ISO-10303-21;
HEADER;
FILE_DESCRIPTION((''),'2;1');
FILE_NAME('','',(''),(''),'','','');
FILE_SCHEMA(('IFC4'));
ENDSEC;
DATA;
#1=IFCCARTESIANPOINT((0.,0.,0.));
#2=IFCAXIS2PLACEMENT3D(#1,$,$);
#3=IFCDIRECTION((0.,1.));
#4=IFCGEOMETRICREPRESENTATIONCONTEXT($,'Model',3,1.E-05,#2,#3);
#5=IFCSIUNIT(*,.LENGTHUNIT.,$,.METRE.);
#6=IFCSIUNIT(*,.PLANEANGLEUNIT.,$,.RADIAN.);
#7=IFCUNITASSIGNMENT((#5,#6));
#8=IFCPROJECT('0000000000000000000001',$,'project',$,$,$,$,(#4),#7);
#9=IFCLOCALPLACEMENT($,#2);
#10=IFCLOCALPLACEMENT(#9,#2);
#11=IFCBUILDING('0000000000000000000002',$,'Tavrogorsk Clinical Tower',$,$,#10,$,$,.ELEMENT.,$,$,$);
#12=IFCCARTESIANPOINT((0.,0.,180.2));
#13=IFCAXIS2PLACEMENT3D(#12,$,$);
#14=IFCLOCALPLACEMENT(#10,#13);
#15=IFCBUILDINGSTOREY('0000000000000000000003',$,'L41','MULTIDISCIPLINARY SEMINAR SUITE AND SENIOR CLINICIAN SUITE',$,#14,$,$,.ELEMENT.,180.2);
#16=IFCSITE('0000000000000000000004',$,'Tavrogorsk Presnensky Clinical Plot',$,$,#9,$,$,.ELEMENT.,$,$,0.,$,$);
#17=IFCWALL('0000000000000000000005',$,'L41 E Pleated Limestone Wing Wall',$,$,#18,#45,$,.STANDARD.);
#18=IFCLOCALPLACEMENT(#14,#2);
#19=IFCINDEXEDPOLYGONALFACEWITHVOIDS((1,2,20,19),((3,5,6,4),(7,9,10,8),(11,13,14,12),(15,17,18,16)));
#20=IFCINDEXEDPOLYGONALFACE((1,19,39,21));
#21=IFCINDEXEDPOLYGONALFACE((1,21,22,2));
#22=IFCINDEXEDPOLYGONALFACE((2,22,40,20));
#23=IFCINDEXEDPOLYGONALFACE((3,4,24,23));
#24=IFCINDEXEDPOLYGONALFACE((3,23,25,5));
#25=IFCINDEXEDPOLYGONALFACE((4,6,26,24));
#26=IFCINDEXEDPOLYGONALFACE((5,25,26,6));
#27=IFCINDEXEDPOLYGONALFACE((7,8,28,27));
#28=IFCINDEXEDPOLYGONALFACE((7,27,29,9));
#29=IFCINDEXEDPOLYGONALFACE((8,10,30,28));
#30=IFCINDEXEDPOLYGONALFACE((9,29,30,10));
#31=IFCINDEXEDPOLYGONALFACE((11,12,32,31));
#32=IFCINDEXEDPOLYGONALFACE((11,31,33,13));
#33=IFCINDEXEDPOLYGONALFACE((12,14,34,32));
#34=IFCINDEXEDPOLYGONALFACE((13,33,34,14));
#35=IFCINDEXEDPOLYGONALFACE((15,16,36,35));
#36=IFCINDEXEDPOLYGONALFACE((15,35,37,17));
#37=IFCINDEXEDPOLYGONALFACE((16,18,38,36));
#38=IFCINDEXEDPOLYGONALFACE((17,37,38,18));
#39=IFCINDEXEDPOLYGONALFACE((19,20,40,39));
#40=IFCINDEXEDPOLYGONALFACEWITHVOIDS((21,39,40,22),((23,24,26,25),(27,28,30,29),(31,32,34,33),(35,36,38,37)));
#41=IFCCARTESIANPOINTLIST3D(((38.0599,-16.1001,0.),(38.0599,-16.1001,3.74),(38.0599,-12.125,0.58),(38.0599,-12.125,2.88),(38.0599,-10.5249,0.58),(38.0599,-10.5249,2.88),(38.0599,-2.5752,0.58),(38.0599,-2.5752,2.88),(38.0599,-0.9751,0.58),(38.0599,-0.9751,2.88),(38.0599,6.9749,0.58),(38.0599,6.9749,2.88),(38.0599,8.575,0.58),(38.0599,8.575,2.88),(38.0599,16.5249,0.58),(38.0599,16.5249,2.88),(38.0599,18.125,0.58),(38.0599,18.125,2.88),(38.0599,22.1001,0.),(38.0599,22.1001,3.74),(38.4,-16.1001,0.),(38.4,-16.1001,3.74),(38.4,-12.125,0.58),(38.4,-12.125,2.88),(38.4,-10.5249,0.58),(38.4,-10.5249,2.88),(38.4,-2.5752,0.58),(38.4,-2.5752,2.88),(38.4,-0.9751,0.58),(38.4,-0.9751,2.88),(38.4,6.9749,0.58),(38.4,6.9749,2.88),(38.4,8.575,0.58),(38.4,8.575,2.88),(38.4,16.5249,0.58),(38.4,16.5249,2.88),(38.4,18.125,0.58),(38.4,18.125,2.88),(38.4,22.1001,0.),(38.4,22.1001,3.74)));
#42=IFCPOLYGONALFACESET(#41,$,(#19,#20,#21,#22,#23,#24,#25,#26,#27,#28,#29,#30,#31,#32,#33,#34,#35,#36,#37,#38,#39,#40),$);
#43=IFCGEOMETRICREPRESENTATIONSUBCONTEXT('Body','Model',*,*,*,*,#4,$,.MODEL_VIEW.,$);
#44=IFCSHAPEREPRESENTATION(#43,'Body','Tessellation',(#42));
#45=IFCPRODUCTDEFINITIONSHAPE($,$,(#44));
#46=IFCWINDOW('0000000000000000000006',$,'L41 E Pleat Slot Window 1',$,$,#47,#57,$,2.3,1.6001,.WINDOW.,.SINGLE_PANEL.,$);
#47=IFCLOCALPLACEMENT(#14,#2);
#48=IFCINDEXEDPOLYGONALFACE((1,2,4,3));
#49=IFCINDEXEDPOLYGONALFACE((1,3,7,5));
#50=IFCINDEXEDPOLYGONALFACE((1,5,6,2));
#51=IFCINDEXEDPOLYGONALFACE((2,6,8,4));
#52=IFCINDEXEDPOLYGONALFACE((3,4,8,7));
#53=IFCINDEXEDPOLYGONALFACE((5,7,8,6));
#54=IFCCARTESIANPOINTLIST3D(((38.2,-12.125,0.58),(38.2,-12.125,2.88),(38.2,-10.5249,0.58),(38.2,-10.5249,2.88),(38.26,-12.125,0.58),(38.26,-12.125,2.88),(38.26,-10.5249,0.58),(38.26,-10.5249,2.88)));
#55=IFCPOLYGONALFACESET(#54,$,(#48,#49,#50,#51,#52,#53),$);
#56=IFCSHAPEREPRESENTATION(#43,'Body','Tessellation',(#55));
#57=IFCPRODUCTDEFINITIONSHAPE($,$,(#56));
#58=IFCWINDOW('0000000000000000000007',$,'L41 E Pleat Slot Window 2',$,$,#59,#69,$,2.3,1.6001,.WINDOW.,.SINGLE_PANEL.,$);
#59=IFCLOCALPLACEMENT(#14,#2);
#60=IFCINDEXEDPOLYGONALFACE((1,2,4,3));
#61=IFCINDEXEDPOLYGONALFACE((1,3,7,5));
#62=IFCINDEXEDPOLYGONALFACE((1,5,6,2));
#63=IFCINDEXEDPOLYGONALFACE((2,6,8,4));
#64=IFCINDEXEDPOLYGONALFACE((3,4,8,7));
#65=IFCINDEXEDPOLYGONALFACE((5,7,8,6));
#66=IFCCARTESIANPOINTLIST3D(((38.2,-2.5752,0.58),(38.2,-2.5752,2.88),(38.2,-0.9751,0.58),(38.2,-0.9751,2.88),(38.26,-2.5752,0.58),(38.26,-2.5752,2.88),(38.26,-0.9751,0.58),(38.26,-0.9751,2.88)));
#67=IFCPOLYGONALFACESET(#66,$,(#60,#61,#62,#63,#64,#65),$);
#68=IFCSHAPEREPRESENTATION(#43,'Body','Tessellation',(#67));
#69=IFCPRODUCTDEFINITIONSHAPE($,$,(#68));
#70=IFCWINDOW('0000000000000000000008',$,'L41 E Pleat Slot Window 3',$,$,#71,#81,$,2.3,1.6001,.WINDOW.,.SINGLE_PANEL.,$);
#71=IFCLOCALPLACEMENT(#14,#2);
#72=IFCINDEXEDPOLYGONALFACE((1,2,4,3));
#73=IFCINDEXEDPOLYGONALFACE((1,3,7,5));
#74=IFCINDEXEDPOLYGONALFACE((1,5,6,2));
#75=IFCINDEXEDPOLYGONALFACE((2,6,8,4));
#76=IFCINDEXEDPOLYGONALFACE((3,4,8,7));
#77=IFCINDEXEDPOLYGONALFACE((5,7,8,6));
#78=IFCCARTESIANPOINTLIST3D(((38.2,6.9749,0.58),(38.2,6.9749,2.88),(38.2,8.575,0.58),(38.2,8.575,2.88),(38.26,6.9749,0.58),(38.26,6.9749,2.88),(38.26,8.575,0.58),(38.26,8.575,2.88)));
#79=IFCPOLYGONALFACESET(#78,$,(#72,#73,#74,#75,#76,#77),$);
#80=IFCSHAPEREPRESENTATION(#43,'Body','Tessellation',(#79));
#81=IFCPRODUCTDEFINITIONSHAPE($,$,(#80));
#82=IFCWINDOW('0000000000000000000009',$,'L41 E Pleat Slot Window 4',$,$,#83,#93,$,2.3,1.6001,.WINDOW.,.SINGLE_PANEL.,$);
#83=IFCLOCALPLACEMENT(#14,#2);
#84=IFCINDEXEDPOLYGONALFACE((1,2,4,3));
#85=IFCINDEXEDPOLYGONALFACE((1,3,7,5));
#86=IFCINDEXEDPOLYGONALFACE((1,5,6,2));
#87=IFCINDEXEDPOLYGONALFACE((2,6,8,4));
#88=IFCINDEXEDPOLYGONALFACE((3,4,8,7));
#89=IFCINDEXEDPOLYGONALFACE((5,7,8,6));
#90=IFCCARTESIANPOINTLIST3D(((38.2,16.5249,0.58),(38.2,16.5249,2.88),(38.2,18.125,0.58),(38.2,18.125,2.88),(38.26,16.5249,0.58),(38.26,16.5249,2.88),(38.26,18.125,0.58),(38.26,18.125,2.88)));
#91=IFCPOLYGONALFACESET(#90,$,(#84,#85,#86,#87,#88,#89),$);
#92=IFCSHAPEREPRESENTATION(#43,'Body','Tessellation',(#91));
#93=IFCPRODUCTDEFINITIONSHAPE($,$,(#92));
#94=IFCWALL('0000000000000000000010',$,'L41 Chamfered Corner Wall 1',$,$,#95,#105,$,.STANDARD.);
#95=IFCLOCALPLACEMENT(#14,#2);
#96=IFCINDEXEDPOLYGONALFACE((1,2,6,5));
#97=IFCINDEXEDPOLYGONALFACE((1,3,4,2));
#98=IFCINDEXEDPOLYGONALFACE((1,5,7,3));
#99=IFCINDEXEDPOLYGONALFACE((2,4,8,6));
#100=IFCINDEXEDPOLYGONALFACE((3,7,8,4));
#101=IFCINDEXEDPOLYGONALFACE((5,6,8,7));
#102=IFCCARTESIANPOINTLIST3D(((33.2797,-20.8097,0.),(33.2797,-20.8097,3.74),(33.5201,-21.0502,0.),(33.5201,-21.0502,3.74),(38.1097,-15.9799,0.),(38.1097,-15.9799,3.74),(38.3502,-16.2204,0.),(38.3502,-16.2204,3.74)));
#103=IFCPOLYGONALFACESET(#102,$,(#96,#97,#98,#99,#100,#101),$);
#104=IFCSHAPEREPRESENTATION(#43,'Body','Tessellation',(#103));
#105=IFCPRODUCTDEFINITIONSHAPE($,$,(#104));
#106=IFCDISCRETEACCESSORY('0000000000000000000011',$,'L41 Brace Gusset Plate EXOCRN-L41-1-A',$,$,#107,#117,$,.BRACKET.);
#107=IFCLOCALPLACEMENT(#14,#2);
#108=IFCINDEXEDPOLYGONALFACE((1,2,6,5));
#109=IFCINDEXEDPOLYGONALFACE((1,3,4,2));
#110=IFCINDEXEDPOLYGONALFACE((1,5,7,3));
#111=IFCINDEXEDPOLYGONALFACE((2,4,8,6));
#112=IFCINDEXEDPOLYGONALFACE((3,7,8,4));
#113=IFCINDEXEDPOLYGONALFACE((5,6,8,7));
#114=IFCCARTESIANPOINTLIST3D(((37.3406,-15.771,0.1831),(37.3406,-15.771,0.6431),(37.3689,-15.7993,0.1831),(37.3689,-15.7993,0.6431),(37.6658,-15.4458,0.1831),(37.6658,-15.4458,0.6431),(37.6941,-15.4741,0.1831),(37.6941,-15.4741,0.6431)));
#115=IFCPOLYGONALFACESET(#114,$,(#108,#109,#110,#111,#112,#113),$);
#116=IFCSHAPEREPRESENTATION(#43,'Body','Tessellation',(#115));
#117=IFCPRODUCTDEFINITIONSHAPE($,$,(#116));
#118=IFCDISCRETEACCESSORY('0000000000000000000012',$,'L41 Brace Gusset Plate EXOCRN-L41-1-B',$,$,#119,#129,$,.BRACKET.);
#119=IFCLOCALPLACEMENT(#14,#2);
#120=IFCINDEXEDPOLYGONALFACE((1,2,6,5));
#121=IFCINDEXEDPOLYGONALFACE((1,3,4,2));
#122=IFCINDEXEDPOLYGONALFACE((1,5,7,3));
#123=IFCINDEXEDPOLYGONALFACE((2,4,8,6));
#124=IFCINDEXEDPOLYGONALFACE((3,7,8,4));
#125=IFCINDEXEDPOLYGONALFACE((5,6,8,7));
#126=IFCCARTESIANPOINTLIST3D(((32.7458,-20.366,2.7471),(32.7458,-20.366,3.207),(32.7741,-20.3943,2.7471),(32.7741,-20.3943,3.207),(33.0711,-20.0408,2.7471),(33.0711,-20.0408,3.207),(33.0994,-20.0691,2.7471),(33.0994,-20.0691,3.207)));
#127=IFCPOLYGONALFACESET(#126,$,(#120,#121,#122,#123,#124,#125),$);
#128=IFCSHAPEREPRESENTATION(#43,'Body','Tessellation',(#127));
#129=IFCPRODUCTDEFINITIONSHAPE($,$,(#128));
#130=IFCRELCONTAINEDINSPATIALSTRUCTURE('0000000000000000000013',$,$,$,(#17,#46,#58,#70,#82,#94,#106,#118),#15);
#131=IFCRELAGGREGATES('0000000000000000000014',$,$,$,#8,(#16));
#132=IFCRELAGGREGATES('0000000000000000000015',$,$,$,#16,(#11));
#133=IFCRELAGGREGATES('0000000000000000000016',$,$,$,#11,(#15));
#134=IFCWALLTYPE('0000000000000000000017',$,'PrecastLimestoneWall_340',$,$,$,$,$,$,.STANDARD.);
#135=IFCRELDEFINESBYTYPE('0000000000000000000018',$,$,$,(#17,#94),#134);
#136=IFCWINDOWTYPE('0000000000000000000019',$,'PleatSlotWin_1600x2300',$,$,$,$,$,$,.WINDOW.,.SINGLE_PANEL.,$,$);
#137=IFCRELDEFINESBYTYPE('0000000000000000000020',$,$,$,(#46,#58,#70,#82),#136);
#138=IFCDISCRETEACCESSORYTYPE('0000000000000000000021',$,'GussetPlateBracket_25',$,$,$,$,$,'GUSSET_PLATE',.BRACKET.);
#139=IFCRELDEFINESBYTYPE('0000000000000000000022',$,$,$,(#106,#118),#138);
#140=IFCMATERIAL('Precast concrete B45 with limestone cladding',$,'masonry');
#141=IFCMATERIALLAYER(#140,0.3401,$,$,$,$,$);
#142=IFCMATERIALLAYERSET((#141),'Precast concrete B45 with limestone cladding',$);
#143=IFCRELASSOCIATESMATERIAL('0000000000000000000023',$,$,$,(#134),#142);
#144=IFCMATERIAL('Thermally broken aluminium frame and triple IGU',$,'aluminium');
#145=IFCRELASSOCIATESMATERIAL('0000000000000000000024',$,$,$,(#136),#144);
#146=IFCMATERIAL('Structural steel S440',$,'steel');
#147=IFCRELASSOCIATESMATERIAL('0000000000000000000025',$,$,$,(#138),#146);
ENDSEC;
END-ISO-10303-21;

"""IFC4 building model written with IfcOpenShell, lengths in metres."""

from ifc_helpers import new_model, si_unit, direction, frame, frame_2d, origin, origin_2d, place, context, subcontext, project, spatial, rectangle, extrude, material, layer, layer_set, type_object, element, fill, save


model = new_model("IFC4")

# Units and contexts
model_context = context("Model", 3, precision=1e-05, world=origin(), true_north=direction((0.0, 1.0)))
body_context = subcontext(model_context, "Body", "Model", "MODEL_VIEW")
ifc_project = project(units=[si_unit("LENGTHUNIT", "METRE"), si_unit("PLANEANGLEUNIT", "RADIAN")], contexts=[model_context])

# Site, building, storey
site_placement = place(None, origin())
site = spatial("IfcSite", under=ifc_project, at=site_placement, Name="Tavrogorsk Presnensky Clinical Plot", CompositionType="ELEMENT", RefElevation=0.0)
building_placement = place(site_placement, origin())
building = spatial("IfcBuilding", under=site, at=building_placement, Name="Tavrogorsk Clinical Tower", CompositionType="ELEMENT")
storey_placement = place(building_placement, frame((0.0, 0.0, 180.2)))
storey = spatial("IfcBuildingStorey", under=building, at=storey_placement, Name="L41", Description="MULTIDISCIPLINARY SEMINAR SUITE AND SENIOR CLINICIAN SUITE", CompositionType="ELEMENT", Elevation=180.2)

# Wall, openings, windows
ifc_material_1 = material(Name="Precast concrete B45 with limestone cladding", Category="masonry")
ifc_layer_1 = layer(ifc_material_1, 0.3401)
ifc_layer_set_1 = layer_set([ifc_layer_1], Name="Precast concrete B45 with limestone cladding")
wall_type_1 = type_object("IfcWallType", Name="PrecastLimestoneWall_340", PredefinedType="STANDARD", material=ifc_layer_set_1)
wall_1_placement = place(storey_placement, frame((38.23, -16.1001, 0.0), z_axis=(0.0, 0.0, 1.0), x_axis=(0.0, 1.0, 0.0)))
wall_1 = element("IfcWall", 1, at=wall_1_placement, inside=storey, type_object=wall_type_1, Name="L41 E Pleated Limestone Wing Wall", PredefinedType="STANDARD", context=body_context, shape_type="SweptSolid", body=[
    extrude(rectangle(XDim=38.2002, YDim=0.3401, at=frame_2d((19.1001, 0.0))), origin(), (0.0, 0.0, 1.0), 3.74),
])
opening_1_placement = place(wall_1_placement, frame((3.9751, 0.0, 0.5801)))
opening_1 = element("IfcOpeningElement", 2, at=opening_1_placement, cuts=wall_1, PredefinedType="OPENING", context=body_context, shape_type="SweptSolid", body=[
    extrude(rectangle(XDim=1.6001, YDim=2.3, at=frame_2d((0.8, 1.1499))), frame((0.0, 0.1799, 0.0), z_axis=(0.0, -1.0, 0.0), x_axis=(1.0, 0.0, 0.0)), (0.0, 0.0, 1.0), 0.3601),
])
opening_2_placement = place(wall_1_placement, frame((13.5249, 0.0, 0.5801)))
opening_2 = element("IfcOpeningElement", 3, at=opening_2_placement, cuts=wall_1, PredefinedType="OPENING", context=body_context, shape_type="SweptSolid", body=[
    extrude(rectangle(XDim=1.6001, YDim=2.3, at=frame_2d((0.8, 1.1499))), frame((0.0, 0.1799, 0.0), z_axis=(0.0, -1.0, 0.0), x_axis=(1.0, 0.0, 0.0)), (0.0, 0.0, 1.0), 0.3601),
])
opening_3_placement = place(wall_1_placement, frame((23.075, 0.0, 0.5801)))
opening_3 = element("IfcOpeningElement", 4, at=opening_3_placement, cuts=wall_1, PredefinedType="OPENING", context=body_context, shape_type="SweptSolid", body=[
    extrude(rectangle(XDim=1.6001, YDim=2.3, at=frame_2d((0.8, 1.1499))), frame((0.0, 0.1799, 0.0), z_axis=(0.0, -1.0, 0.0), x_axis=(1.0, 0.0, 0.0)), (0.0, 0.0, 1.0), 0.3601),
])
opening_4_placement = place(wall_1_placement, frame((32.625, 0.0, 0.5801)))
opening_4 = element("IfcOpeningElement", 5, at=opening_4_placement, cuts=wall_1, PredefinedType="OPENING", context=body_context, shape_type="SweptSolid", body=[
    extrude(rectangle(XDim=1.6001, YDim=2.3, at=frame_2d((0.8, 1.1499))), frame((0.0, 0.1799, 0.0), z_axis=(0.0, -1.0, 0.0), x_axis=(1.0, 0.0, 0.0)), (0.0, 0.0, 1.0), 0.3601),
])
ifc_material_2 = material(Name="Thermally broken aluminium frame and triple IGU", Category="aluminium")
window_type = type_object("IfcWindowType", Name="PleatSlotWin_1600x2300", PartitioningType="SINGLE_PANEL", PredefinedType="WINDOW", material=ifc_material_2)
window_1_placement = place(opening_1_placement, origin())
window_1 = element("IfcWindow", 6, at=window_1_placement, inside=storey, type_object=window_type, Name="L41 E Pleat Slot Window 1", OverallHeight=2.3, OverallWidth=1.6001, PartitioningType="SINGLE_PANEL", PredefinedType="WINDOW", context=body_context, shape_type="SweptSolid", body=[
    extrude(rectangle(XDim=1.6001, YDim=2.3, at=frame_2d((0.8, 1.1499))), frame((0.0, 0.03, 0.0), z_axis=(0.0, -1.0, 0.0), x_axis=(1.0, 0.0, 0.0)), (0.0, 0.0, 1.0), 0.0601),
])
fill(opening_1, window_1)
window_2_placement = place(opening_2_placement, origin())
window_2 = element("IfcWindow", 7, at=window_2_placement, inside=storey, type_object=window_type, Name="L41 E Pleat Slot Window 2", OverallHeight=2.3, OverallWidth=1.6001, PartitioningType="SINGLE_PANEL", PredefinedType="WINDOW", context=body_context, shape_type="SweptSolid", body=[
    extrude(rectangle(XDim=1.6001, YDim=2.3, at=frame_2d((0.8, 1.1499))), frame((0.0, 0.03, 0.0), z_axis=(0.0, -1.0, 0.0), x_axis=(1.0, 0.0, 0.0)), (0.0, 0.0, 1.0), 0.0601),
])
fill(opening_2, window_2)
window_3_placement = place(opening_3_placement, origin())
window_3 = element("IfcWindow", 8, at=window_3_placement, inside=storey, type_object=window_type, Name="L41 E Pleat Slot Window 3", OverallHeight=2.3, OverallWidth=1.6001, PartitioningType="SINGLE_PANEL", PredefinedType="WINDOW", context=body_context, shape_type="SweptSolid", body=[
    extrude(rectangle(XDim=1.6001, YDim=2.3, at=frame_2d((0.8, 1.1499))), frame((0.0, 0.03, 0.0), z_axis=(0.0, -1.0, 0.0), x_axis=(1.0, 0.0, 0.0)), (0.0, 0.0, 1.0), 0.0601),
])
fill(opening_3, window_3)
window_4_placement = place(opening_4_placement, origin())
window_4 = element("IfcWindow", 9, at=window_4_placement, inside=storey, type_object=window_type, Name="L41 E Pleat Slot Window 4", OverallHeight=2.3, OverallWidth=1.6001, PartitioningType="SINGLE_PANEL", PredefinedType="WINDOW", context=body_context, shape_type="SweptSolid", body=[
    extrude(rectangle(XDim=1.6001, YDim=2.3, at=frame_2d((0.8, 1.1499))), frame((0.0, 0.03, 0.0), z_axis=(0.0, -1.0, 0.0), x_axis=(1.0, 0.0, 0.0)), (0.0, 0.0, 1.0), 0.0601),
])
fill(opening_4, window_4)

# Wall
wall_2_placement = place(storey_placement, frame((33.3999, -20.9299, 0.0), z_axis=(0.0, 0.0, 1.0), x_axis=(0.707125, 0.707089, 0.0)))
element("IfcWall", 10, at=wall_2_placement, inside=storey, type_object=wall_type_1, Name="L41 Chamfered Corner Wall 1", PredefinedType="STANDARD", context=body_context, shape_type="SweptSolid", body=[
    extrude(rectangle(XDim=6.8306, YDim=0.3401, at=frame_2d((3.4153, 0.0))), origin(), (0.0, 0.0, 1.0), 3.74),
])

# Discrete accessories
ifc_material_3 = material(Name="Structural steel S440", Category="steel")
discrete_accessory_type = type_object("IfcDiscreteAccessoryType", Name="GussetPlateBracket_25", ElementType="GUSSET_PLATE", PredefinedType="BRACKET", material=ifc_material_3)
for number, where, z_axis, x_axis, name in (
    (11, (37.5173, -15.6226, 0.1831), (0.0, 0.0, 1.0), (-0.707107, -0.707107, 0.0), "L41 Brace Gusset Plate EXOCRN-L41-1-A"),
    (12, (32.9226, -20.2175, 2.7471), (0.0, 0.0, 1.0), (-0.707107, -0.707107, 0.0), "L41 Brace Gusset Plate EXOCRN-L41-1-B"),
):
    element("IfcDiscreteAccessory", number, at=place(storey_placement, frame(where, z_axis=z_axis, x_axis=x_axis)), inside=storey, type_object=discrete_accessory_type, Name=name, PredefinedType="BRACKET", context=body_context, shape_type="SweptSolid", body=[
        extrude(rectangle(XDim=0.46, YDim=0.04, at=origin_2d()), origin(), (0.0, 0.0, 1.0), 0.46),
    ])

save(model, "model.ifc")
